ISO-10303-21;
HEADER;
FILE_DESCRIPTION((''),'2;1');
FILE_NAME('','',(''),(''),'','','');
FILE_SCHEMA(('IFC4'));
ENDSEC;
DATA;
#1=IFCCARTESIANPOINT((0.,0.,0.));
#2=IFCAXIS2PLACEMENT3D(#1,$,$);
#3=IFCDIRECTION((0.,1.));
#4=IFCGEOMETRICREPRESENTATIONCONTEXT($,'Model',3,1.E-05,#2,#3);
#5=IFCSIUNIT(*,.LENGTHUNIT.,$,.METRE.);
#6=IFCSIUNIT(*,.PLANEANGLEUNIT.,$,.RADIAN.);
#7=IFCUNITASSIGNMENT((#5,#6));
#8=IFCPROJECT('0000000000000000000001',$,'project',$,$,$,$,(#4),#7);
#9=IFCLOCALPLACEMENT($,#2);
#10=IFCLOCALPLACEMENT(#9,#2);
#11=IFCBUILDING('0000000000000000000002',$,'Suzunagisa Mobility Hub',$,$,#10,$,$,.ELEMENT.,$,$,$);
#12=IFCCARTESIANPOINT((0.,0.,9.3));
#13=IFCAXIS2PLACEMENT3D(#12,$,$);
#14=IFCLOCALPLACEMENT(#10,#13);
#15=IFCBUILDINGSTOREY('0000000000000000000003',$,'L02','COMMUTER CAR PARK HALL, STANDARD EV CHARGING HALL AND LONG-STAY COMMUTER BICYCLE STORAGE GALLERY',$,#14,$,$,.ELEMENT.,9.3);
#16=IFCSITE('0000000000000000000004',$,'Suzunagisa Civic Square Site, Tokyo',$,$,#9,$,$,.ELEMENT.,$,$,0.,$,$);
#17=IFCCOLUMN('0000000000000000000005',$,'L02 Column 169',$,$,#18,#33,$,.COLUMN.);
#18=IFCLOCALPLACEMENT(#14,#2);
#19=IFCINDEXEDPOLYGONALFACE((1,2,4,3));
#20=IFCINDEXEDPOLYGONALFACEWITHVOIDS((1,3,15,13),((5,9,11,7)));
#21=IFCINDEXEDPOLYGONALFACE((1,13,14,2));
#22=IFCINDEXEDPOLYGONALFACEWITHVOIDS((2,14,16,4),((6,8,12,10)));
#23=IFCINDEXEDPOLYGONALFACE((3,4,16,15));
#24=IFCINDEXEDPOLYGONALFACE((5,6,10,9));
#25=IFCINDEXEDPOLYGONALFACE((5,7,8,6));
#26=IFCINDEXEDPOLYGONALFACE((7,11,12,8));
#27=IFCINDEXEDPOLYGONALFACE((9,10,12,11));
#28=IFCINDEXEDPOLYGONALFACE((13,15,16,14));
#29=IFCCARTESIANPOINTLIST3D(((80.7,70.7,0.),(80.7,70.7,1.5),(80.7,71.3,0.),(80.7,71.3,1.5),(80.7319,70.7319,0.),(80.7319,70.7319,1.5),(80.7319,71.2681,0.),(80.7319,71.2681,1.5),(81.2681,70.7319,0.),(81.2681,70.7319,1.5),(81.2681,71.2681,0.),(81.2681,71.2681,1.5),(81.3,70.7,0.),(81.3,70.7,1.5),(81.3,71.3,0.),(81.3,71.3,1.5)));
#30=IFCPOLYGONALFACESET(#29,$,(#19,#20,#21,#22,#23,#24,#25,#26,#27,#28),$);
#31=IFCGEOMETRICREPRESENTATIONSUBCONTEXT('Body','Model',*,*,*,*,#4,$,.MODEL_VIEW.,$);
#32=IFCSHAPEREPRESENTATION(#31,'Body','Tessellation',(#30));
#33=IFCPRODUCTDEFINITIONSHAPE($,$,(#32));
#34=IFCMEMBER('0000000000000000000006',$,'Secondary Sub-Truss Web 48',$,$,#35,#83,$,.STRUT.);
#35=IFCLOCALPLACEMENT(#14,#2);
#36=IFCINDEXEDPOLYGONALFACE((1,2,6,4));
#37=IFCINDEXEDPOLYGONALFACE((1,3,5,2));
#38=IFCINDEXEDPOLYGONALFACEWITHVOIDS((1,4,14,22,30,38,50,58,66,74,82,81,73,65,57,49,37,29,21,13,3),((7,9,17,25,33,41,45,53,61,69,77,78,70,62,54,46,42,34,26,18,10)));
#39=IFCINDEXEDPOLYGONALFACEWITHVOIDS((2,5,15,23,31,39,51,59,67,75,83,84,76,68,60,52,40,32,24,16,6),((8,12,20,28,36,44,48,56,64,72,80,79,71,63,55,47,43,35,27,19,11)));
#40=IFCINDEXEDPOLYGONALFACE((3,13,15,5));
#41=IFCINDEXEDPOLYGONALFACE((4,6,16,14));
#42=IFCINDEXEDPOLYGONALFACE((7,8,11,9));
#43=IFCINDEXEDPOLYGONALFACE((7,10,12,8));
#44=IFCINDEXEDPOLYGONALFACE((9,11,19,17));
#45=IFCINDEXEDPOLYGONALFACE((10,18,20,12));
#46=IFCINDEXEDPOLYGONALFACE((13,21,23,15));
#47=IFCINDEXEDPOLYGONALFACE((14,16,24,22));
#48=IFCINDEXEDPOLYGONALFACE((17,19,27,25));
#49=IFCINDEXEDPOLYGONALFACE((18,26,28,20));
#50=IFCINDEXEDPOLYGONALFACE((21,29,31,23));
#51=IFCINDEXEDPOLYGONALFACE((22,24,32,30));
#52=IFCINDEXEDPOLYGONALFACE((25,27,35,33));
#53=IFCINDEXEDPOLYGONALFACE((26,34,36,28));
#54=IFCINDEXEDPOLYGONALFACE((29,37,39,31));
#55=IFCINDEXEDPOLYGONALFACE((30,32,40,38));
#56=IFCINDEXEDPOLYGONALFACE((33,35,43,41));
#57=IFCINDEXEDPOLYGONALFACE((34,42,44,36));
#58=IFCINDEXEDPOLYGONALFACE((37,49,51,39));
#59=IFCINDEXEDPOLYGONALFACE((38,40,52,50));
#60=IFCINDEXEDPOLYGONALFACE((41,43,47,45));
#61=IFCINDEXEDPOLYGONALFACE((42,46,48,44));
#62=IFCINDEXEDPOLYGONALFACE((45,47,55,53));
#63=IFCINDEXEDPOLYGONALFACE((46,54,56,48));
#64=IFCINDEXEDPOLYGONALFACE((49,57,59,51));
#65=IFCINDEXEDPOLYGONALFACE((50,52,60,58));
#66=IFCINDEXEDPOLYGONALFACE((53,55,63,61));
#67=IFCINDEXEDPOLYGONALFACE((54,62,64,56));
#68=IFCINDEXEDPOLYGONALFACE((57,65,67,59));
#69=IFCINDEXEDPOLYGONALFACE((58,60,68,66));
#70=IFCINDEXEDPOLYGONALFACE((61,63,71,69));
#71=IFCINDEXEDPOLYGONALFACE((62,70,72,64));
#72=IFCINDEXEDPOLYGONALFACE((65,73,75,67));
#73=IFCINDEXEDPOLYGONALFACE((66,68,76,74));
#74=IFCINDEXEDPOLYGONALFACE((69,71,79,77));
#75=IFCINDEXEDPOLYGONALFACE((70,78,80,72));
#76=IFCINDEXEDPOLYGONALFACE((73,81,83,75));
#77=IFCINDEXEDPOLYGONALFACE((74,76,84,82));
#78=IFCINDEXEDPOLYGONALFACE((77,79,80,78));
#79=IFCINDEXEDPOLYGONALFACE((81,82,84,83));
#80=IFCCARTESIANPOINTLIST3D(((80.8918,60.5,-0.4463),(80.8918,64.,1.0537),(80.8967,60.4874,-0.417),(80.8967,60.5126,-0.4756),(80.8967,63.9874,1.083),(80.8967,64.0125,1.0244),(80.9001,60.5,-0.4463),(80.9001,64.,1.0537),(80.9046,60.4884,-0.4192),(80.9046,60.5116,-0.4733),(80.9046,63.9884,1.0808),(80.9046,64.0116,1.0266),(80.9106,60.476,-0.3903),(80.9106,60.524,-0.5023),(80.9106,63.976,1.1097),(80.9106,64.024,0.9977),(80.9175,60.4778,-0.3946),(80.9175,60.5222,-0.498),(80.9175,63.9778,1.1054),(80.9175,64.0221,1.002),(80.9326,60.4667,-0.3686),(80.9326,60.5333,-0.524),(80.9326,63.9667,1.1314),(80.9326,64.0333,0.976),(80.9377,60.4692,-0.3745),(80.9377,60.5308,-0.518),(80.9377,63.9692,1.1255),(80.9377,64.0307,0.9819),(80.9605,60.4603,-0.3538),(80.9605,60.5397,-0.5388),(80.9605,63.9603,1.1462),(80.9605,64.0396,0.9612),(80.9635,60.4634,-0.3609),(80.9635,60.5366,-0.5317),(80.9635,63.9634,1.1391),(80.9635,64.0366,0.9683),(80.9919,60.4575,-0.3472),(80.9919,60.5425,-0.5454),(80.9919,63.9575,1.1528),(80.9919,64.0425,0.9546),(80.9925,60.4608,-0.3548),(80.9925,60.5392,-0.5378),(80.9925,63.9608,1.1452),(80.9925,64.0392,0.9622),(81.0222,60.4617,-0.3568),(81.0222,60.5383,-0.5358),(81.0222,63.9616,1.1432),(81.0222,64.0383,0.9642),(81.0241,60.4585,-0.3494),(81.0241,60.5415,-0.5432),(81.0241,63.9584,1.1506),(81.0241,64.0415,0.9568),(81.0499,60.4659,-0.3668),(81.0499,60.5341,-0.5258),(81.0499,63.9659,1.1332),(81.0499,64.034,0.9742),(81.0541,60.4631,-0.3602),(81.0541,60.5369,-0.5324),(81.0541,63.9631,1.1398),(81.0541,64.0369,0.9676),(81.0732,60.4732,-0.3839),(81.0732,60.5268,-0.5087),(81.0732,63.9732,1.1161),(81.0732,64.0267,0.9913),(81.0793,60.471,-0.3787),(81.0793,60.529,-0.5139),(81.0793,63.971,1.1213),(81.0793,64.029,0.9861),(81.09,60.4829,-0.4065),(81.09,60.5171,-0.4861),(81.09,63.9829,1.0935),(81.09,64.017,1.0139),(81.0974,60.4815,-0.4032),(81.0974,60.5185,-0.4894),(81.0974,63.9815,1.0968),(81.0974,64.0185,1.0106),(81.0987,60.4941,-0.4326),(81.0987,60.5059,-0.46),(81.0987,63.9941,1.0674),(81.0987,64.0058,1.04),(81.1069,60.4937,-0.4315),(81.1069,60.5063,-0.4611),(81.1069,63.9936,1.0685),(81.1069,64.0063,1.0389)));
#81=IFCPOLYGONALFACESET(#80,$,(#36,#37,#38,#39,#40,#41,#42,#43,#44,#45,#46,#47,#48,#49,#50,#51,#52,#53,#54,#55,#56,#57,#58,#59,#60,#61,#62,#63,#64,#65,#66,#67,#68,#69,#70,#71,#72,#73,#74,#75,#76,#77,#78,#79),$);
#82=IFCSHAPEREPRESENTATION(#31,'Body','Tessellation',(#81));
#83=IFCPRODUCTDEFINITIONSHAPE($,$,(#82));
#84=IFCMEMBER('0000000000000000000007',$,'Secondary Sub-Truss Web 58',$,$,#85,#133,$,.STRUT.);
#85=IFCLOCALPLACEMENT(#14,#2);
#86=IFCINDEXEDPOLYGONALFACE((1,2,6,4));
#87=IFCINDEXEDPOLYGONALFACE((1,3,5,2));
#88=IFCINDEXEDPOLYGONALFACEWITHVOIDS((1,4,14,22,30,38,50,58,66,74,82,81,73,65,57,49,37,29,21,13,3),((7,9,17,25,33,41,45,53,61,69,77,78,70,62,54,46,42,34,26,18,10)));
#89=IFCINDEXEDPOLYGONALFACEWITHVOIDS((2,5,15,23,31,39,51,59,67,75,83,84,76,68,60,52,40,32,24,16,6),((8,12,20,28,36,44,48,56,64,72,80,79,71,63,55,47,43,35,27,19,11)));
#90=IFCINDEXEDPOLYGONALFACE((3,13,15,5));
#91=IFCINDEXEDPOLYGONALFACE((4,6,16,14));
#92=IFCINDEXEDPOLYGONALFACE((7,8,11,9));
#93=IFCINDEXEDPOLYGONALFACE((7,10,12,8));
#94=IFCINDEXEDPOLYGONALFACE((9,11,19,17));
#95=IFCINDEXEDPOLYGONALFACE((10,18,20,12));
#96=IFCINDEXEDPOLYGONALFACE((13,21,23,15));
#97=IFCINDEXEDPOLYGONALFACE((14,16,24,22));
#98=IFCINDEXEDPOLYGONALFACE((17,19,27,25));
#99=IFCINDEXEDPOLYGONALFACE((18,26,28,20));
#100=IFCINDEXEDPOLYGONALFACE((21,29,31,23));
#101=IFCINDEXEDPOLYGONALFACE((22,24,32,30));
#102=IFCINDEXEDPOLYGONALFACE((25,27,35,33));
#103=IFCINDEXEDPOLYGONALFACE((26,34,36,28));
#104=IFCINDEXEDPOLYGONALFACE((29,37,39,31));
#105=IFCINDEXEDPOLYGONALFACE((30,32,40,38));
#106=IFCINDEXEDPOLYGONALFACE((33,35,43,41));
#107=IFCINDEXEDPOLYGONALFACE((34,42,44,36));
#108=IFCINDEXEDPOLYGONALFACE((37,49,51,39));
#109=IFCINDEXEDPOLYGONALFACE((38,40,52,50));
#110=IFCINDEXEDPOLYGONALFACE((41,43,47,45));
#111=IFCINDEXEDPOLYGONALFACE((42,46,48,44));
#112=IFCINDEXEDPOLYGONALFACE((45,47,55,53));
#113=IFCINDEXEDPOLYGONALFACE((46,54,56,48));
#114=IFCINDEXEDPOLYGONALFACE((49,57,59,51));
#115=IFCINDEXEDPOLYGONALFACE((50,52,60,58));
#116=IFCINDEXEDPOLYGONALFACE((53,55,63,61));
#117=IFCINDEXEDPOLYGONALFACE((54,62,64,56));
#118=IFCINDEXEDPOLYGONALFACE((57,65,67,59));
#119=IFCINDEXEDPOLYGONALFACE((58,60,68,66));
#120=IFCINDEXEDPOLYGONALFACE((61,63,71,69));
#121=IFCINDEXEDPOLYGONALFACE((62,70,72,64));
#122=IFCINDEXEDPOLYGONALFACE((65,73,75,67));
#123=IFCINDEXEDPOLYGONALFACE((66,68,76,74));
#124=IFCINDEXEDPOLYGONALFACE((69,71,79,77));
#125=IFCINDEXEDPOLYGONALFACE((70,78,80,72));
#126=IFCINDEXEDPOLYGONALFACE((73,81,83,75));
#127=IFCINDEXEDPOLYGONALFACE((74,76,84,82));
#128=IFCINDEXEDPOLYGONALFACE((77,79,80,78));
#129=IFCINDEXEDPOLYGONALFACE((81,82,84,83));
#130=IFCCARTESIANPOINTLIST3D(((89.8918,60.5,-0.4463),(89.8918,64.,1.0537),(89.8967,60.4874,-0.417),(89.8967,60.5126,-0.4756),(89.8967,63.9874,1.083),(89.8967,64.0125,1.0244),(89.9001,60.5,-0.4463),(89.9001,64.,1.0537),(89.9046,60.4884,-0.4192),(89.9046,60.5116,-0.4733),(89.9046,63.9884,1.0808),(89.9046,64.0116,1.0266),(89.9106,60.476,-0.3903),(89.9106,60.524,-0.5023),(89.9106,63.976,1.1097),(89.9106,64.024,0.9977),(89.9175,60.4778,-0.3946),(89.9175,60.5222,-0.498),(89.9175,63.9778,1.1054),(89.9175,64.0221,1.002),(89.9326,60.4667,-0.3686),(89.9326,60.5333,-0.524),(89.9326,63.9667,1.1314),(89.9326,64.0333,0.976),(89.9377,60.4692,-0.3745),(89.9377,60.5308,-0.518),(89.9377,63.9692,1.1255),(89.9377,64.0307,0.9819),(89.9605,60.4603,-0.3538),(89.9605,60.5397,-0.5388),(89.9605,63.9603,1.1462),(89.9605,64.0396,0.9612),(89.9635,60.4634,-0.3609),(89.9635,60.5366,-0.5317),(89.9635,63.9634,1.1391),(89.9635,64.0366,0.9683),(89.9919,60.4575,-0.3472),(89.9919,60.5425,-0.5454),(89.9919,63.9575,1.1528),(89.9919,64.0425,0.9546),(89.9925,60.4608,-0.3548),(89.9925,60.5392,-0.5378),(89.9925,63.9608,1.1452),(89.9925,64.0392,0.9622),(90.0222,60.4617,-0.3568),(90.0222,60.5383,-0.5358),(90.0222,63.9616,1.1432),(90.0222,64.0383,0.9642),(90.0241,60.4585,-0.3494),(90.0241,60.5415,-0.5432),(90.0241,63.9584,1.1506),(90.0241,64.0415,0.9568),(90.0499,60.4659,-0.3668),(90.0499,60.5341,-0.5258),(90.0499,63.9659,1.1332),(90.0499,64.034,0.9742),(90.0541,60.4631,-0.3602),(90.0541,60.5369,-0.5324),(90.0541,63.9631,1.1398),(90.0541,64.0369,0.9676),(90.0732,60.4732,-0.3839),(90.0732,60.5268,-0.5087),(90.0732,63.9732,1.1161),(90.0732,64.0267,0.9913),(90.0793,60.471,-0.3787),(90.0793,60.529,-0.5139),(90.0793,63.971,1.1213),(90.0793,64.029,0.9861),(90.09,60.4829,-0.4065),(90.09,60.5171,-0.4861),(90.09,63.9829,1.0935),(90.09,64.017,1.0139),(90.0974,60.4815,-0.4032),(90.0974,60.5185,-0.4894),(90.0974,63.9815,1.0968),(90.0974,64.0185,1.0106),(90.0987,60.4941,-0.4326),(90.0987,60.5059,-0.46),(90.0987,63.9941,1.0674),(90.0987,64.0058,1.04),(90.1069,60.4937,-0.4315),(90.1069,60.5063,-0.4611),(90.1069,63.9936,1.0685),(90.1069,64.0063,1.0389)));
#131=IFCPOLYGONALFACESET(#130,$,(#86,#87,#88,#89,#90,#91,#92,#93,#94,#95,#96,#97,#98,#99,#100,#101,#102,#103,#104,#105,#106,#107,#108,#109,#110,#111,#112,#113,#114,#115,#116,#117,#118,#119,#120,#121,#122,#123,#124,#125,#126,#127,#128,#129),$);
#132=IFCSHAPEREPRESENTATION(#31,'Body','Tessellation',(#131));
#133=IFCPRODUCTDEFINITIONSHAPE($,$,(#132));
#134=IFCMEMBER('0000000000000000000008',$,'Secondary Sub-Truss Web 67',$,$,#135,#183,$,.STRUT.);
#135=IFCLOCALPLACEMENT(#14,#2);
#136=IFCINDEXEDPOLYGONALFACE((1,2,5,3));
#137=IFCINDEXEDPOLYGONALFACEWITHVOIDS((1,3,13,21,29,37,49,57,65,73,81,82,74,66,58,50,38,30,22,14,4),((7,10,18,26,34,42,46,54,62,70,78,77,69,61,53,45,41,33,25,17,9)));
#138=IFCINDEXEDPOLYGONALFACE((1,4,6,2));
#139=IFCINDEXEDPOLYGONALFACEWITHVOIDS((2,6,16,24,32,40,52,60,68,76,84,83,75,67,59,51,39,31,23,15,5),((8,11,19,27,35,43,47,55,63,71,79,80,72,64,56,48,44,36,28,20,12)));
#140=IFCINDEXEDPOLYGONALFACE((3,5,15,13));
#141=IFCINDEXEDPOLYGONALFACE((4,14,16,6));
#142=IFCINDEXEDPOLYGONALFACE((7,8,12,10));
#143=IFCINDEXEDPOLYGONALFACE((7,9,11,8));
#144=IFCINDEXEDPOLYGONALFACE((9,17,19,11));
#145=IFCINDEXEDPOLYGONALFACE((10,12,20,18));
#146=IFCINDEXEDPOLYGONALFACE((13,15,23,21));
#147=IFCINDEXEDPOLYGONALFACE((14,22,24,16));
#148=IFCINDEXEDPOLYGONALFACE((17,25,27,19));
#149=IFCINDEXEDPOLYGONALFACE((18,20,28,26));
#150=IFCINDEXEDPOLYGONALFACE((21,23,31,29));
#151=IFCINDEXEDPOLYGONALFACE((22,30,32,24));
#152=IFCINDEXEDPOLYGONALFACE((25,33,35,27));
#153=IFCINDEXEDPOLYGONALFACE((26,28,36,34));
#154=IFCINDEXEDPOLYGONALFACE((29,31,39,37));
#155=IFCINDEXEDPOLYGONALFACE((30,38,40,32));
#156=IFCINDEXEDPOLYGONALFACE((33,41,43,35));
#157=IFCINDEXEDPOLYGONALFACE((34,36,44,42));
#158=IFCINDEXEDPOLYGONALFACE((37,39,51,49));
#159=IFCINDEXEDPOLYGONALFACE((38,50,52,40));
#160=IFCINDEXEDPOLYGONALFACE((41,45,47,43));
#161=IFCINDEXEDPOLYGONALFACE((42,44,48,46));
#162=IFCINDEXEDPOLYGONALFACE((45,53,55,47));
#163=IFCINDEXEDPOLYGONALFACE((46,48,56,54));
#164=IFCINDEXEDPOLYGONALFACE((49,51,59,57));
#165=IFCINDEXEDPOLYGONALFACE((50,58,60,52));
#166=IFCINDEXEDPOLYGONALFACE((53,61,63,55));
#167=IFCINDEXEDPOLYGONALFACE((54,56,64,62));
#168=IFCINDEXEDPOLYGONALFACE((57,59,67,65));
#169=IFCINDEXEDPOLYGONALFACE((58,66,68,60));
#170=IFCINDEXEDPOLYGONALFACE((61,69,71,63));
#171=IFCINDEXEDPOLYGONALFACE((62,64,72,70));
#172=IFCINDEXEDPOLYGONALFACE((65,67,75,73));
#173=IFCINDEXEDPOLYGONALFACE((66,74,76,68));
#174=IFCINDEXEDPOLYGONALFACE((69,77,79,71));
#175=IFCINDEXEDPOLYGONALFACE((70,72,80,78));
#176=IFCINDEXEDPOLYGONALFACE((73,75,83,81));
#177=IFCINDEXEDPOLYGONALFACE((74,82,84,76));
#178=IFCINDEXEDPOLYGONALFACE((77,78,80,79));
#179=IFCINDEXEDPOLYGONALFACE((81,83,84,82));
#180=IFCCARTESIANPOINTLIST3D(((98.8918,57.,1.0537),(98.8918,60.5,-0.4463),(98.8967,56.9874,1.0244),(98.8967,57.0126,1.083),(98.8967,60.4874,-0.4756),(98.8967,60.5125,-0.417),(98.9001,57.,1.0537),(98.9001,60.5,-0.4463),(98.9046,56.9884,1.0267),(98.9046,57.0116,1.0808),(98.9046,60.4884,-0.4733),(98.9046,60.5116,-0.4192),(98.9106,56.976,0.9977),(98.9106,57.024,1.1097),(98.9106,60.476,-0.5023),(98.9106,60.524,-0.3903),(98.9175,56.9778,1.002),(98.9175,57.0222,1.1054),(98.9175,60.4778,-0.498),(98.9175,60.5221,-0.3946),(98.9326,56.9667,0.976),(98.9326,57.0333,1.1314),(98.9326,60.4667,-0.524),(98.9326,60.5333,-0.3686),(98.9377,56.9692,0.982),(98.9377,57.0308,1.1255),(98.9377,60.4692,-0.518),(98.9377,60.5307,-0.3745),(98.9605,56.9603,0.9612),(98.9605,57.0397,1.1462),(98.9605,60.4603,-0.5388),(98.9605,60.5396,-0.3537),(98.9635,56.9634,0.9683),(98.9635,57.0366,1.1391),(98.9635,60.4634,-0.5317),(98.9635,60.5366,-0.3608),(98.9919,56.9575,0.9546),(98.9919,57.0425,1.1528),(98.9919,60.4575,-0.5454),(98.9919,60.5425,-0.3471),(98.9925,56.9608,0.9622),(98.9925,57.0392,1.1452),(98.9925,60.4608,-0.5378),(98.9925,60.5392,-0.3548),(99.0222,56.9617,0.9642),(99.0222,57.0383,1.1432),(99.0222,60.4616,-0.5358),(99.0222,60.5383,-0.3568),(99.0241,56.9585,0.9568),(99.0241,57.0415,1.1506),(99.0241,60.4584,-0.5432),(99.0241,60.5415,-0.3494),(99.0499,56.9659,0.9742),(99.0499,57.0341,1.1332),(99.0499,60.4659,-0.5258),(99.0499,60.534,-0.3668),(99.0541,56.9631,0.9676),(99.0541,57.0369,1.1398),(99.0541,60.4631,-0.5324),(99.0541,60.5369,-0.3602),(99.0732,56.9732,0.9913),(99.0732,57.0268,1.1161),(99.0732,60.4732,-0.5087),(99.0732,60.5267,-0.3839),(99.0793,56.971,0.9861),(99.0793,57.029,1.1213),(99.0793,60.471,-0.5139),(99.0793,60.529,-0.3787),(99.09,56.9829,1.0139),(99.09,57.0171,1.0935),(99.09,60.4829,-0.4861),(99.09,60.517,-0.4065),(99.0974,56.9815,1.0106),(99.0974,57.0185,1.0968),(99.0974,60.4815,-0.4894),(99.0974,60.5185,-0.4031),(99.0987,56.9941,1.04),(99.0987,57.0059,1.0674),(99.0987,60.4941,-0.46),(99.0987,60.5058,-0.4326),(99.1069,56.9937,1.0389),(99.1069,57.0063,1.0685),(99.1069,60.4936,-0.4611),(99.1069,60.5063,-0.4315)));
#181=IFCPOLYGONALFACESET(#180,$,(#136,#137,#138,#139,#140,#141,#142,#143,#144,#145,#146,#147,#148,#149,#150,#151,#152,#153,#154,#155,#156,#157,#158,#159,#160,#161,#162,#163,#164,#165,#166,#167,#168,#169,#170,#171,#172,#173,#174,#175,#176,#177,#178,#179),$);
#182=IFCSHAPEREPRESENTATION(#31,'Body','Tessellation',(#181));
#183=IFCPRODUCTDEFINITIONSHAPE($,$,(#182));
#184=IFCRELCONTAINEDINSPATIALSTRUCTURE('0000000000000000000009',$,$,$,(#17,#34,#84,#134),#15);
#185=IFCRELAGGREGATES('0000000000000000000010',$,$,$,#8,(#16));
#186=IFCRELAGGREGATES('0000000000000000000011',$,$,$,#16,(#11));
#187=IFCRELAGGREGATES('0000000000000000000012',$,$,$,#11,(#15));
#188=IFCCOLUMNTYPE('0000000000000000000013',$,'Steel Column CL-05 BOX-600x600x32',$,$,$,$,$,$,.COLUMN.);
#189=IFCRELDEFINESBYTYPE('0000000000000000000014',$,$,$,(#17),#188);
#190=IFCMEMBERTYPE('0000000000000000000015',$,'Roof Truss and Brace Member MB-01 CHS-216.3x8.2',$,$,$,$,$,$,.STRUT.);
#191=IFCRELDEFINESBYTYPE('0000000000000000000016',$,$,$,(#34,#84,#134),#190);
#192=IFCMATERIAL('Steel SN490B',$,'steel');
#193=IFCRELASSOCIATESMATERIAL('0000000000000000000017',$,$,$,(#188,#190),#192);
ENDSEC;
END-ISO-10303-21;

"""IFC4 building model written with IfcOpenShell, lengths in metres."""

from ifc_helpers import new_model, si_unit, direction, frame, origin, origin_2d, place, context, subcontext, project, spatial, hollow_rectangle, hollow_circle, extrude, material, material_profile, profile_set, type_object, element, save


model = new_model("IFC4")

# Units and contexts
model_context = context("Model", 3, precision=1e-05, world=origin(), true_north=direction((0.0, 1.0)))
body_context = subcontext(model_context, "Body", "Model", "MODEL_VIEW")
ifc_project = project(units=[si_unit("LENGTHUNIT", "METRE"), si_unit("PLANEANGLEUNIT", "RADIAN")], contexts=[model_context])

# Site, building, storey
site_placement = place(None, origin())
site = spatial("IfcSite", under=ifc_project, at=site_placement, Name="Suzunagisa Civic Square Site, Tokyo", CompositionType="ELEMENT", RefElevation=0.0)
building_placement = place(site_placement, origin())
building = spatial("IfcBuilding", under=site, at=building_placement, Name="Suzunagisa Mobility Hub", CompositionType="ELEMENT")
storey_placement = place(building_placement, frame((0.0, 0.0, 9.3)))
storey = spatial("IfcBuildingStorey", under=building, at=storey_placement, Name="L02", Description="COMMUTER CAR PARK HALL, STANDARD EV CHARGING HALL AND LONG-STAY COMMUTER BICYCLE STORAGE GALLERY", CompositionType="ELEMENT", Elevation=9.3)

# Column
ifc_material_1 = material(Name="Steel SN490B", Category="steel")
ifc_material_profile_1 = material_profile(ifc_material_1, hollow_rectangle(XDim=0.6001, YDim=0.6001, WallThickness=0.032, at=origin_2d()), Name="BOX-600x600x32")
ifc_profile_set_1 = profile_set([ifc_material_profile_1], Name="Steel SN490B")
column_type = type_object("IfcColumnType", Name="Steel Column CL-05 BOX-600x600x32", PredefinedType="COLUMN", material=ifc_profile_set_1)
column_placement = place(storey_placement, frame((81.0, 71.0, 0.0), z_axis=(0.0, 0.0, 1.0), x_axis=(1.0, 0.0, 0.0)))
element("IfcColumn", 1, at=column_placement, inside=storey, type_object=column_type, Name="L02 Column 169", PredefinedType="COLUMN", context=body_context, shape_type="SweptSolid", body=[
    extrude(hollow_rectangle(XDim=0.6001, YDim=0.6001, WallThickness=0.032, at=origin_2d()), origin(), (0.0, 0.0, 1.0), 1.5),
])

# Members
ifc_material_profile_2 = material_profile(ifc_material_1, hollow_circle(Radius=0.1082, WallThickness=0.0083, at=origin_2d()), Name="CHS-216.3x8.2")
ifc_profile_set_2 = profile_set([ifc_material_profile_2], Name="Steel SN490B")
member_type_1 = type_object("IfcMemberType", Name="Roof Truss and Brace Member MB-01 CHS-216.3x8.2", PredefinedType="STRUT", material=ifc_profile_set_2)
for number, where, z_axis, x_axis, name in (
    (2, (81.0, 60.5, -0.4463), (0.0, 0.919145, 0.393919), (-1.0, 0.0, 0.0), "Secondary Sub-Truss Web 48"),
    (3, (90.0, 60.5, -0.4463), (0.0, 0.919145, 0.393919), (-1.0, 0.0, 0.0), "Secondary Sub-Truss Web 58"),
    (4, (99.0, 57.0, 1.0537), (0.0, 0.919145, -0.393919), (-1.0, 0.0, 0.0), "Secondary Sub-Truss Web 67"),
):
    element("IfcMember", number, at=place(storey_placement, frame(where, z_axis=z_axis, x_axis=x_axis)), inside=storey, type_object=member_type_1, Name=name, PredefinedType="STRUT", context=body_context, shape_type="SweptSolid", body=[
        extrude(hollow_circle(Radius=0.1082, WallThickness=0.0083, at=origin_2d()), origin(), (0.0, 0.0, 1.0), 3.8079),
    ])

save(model, "model.ifc")
